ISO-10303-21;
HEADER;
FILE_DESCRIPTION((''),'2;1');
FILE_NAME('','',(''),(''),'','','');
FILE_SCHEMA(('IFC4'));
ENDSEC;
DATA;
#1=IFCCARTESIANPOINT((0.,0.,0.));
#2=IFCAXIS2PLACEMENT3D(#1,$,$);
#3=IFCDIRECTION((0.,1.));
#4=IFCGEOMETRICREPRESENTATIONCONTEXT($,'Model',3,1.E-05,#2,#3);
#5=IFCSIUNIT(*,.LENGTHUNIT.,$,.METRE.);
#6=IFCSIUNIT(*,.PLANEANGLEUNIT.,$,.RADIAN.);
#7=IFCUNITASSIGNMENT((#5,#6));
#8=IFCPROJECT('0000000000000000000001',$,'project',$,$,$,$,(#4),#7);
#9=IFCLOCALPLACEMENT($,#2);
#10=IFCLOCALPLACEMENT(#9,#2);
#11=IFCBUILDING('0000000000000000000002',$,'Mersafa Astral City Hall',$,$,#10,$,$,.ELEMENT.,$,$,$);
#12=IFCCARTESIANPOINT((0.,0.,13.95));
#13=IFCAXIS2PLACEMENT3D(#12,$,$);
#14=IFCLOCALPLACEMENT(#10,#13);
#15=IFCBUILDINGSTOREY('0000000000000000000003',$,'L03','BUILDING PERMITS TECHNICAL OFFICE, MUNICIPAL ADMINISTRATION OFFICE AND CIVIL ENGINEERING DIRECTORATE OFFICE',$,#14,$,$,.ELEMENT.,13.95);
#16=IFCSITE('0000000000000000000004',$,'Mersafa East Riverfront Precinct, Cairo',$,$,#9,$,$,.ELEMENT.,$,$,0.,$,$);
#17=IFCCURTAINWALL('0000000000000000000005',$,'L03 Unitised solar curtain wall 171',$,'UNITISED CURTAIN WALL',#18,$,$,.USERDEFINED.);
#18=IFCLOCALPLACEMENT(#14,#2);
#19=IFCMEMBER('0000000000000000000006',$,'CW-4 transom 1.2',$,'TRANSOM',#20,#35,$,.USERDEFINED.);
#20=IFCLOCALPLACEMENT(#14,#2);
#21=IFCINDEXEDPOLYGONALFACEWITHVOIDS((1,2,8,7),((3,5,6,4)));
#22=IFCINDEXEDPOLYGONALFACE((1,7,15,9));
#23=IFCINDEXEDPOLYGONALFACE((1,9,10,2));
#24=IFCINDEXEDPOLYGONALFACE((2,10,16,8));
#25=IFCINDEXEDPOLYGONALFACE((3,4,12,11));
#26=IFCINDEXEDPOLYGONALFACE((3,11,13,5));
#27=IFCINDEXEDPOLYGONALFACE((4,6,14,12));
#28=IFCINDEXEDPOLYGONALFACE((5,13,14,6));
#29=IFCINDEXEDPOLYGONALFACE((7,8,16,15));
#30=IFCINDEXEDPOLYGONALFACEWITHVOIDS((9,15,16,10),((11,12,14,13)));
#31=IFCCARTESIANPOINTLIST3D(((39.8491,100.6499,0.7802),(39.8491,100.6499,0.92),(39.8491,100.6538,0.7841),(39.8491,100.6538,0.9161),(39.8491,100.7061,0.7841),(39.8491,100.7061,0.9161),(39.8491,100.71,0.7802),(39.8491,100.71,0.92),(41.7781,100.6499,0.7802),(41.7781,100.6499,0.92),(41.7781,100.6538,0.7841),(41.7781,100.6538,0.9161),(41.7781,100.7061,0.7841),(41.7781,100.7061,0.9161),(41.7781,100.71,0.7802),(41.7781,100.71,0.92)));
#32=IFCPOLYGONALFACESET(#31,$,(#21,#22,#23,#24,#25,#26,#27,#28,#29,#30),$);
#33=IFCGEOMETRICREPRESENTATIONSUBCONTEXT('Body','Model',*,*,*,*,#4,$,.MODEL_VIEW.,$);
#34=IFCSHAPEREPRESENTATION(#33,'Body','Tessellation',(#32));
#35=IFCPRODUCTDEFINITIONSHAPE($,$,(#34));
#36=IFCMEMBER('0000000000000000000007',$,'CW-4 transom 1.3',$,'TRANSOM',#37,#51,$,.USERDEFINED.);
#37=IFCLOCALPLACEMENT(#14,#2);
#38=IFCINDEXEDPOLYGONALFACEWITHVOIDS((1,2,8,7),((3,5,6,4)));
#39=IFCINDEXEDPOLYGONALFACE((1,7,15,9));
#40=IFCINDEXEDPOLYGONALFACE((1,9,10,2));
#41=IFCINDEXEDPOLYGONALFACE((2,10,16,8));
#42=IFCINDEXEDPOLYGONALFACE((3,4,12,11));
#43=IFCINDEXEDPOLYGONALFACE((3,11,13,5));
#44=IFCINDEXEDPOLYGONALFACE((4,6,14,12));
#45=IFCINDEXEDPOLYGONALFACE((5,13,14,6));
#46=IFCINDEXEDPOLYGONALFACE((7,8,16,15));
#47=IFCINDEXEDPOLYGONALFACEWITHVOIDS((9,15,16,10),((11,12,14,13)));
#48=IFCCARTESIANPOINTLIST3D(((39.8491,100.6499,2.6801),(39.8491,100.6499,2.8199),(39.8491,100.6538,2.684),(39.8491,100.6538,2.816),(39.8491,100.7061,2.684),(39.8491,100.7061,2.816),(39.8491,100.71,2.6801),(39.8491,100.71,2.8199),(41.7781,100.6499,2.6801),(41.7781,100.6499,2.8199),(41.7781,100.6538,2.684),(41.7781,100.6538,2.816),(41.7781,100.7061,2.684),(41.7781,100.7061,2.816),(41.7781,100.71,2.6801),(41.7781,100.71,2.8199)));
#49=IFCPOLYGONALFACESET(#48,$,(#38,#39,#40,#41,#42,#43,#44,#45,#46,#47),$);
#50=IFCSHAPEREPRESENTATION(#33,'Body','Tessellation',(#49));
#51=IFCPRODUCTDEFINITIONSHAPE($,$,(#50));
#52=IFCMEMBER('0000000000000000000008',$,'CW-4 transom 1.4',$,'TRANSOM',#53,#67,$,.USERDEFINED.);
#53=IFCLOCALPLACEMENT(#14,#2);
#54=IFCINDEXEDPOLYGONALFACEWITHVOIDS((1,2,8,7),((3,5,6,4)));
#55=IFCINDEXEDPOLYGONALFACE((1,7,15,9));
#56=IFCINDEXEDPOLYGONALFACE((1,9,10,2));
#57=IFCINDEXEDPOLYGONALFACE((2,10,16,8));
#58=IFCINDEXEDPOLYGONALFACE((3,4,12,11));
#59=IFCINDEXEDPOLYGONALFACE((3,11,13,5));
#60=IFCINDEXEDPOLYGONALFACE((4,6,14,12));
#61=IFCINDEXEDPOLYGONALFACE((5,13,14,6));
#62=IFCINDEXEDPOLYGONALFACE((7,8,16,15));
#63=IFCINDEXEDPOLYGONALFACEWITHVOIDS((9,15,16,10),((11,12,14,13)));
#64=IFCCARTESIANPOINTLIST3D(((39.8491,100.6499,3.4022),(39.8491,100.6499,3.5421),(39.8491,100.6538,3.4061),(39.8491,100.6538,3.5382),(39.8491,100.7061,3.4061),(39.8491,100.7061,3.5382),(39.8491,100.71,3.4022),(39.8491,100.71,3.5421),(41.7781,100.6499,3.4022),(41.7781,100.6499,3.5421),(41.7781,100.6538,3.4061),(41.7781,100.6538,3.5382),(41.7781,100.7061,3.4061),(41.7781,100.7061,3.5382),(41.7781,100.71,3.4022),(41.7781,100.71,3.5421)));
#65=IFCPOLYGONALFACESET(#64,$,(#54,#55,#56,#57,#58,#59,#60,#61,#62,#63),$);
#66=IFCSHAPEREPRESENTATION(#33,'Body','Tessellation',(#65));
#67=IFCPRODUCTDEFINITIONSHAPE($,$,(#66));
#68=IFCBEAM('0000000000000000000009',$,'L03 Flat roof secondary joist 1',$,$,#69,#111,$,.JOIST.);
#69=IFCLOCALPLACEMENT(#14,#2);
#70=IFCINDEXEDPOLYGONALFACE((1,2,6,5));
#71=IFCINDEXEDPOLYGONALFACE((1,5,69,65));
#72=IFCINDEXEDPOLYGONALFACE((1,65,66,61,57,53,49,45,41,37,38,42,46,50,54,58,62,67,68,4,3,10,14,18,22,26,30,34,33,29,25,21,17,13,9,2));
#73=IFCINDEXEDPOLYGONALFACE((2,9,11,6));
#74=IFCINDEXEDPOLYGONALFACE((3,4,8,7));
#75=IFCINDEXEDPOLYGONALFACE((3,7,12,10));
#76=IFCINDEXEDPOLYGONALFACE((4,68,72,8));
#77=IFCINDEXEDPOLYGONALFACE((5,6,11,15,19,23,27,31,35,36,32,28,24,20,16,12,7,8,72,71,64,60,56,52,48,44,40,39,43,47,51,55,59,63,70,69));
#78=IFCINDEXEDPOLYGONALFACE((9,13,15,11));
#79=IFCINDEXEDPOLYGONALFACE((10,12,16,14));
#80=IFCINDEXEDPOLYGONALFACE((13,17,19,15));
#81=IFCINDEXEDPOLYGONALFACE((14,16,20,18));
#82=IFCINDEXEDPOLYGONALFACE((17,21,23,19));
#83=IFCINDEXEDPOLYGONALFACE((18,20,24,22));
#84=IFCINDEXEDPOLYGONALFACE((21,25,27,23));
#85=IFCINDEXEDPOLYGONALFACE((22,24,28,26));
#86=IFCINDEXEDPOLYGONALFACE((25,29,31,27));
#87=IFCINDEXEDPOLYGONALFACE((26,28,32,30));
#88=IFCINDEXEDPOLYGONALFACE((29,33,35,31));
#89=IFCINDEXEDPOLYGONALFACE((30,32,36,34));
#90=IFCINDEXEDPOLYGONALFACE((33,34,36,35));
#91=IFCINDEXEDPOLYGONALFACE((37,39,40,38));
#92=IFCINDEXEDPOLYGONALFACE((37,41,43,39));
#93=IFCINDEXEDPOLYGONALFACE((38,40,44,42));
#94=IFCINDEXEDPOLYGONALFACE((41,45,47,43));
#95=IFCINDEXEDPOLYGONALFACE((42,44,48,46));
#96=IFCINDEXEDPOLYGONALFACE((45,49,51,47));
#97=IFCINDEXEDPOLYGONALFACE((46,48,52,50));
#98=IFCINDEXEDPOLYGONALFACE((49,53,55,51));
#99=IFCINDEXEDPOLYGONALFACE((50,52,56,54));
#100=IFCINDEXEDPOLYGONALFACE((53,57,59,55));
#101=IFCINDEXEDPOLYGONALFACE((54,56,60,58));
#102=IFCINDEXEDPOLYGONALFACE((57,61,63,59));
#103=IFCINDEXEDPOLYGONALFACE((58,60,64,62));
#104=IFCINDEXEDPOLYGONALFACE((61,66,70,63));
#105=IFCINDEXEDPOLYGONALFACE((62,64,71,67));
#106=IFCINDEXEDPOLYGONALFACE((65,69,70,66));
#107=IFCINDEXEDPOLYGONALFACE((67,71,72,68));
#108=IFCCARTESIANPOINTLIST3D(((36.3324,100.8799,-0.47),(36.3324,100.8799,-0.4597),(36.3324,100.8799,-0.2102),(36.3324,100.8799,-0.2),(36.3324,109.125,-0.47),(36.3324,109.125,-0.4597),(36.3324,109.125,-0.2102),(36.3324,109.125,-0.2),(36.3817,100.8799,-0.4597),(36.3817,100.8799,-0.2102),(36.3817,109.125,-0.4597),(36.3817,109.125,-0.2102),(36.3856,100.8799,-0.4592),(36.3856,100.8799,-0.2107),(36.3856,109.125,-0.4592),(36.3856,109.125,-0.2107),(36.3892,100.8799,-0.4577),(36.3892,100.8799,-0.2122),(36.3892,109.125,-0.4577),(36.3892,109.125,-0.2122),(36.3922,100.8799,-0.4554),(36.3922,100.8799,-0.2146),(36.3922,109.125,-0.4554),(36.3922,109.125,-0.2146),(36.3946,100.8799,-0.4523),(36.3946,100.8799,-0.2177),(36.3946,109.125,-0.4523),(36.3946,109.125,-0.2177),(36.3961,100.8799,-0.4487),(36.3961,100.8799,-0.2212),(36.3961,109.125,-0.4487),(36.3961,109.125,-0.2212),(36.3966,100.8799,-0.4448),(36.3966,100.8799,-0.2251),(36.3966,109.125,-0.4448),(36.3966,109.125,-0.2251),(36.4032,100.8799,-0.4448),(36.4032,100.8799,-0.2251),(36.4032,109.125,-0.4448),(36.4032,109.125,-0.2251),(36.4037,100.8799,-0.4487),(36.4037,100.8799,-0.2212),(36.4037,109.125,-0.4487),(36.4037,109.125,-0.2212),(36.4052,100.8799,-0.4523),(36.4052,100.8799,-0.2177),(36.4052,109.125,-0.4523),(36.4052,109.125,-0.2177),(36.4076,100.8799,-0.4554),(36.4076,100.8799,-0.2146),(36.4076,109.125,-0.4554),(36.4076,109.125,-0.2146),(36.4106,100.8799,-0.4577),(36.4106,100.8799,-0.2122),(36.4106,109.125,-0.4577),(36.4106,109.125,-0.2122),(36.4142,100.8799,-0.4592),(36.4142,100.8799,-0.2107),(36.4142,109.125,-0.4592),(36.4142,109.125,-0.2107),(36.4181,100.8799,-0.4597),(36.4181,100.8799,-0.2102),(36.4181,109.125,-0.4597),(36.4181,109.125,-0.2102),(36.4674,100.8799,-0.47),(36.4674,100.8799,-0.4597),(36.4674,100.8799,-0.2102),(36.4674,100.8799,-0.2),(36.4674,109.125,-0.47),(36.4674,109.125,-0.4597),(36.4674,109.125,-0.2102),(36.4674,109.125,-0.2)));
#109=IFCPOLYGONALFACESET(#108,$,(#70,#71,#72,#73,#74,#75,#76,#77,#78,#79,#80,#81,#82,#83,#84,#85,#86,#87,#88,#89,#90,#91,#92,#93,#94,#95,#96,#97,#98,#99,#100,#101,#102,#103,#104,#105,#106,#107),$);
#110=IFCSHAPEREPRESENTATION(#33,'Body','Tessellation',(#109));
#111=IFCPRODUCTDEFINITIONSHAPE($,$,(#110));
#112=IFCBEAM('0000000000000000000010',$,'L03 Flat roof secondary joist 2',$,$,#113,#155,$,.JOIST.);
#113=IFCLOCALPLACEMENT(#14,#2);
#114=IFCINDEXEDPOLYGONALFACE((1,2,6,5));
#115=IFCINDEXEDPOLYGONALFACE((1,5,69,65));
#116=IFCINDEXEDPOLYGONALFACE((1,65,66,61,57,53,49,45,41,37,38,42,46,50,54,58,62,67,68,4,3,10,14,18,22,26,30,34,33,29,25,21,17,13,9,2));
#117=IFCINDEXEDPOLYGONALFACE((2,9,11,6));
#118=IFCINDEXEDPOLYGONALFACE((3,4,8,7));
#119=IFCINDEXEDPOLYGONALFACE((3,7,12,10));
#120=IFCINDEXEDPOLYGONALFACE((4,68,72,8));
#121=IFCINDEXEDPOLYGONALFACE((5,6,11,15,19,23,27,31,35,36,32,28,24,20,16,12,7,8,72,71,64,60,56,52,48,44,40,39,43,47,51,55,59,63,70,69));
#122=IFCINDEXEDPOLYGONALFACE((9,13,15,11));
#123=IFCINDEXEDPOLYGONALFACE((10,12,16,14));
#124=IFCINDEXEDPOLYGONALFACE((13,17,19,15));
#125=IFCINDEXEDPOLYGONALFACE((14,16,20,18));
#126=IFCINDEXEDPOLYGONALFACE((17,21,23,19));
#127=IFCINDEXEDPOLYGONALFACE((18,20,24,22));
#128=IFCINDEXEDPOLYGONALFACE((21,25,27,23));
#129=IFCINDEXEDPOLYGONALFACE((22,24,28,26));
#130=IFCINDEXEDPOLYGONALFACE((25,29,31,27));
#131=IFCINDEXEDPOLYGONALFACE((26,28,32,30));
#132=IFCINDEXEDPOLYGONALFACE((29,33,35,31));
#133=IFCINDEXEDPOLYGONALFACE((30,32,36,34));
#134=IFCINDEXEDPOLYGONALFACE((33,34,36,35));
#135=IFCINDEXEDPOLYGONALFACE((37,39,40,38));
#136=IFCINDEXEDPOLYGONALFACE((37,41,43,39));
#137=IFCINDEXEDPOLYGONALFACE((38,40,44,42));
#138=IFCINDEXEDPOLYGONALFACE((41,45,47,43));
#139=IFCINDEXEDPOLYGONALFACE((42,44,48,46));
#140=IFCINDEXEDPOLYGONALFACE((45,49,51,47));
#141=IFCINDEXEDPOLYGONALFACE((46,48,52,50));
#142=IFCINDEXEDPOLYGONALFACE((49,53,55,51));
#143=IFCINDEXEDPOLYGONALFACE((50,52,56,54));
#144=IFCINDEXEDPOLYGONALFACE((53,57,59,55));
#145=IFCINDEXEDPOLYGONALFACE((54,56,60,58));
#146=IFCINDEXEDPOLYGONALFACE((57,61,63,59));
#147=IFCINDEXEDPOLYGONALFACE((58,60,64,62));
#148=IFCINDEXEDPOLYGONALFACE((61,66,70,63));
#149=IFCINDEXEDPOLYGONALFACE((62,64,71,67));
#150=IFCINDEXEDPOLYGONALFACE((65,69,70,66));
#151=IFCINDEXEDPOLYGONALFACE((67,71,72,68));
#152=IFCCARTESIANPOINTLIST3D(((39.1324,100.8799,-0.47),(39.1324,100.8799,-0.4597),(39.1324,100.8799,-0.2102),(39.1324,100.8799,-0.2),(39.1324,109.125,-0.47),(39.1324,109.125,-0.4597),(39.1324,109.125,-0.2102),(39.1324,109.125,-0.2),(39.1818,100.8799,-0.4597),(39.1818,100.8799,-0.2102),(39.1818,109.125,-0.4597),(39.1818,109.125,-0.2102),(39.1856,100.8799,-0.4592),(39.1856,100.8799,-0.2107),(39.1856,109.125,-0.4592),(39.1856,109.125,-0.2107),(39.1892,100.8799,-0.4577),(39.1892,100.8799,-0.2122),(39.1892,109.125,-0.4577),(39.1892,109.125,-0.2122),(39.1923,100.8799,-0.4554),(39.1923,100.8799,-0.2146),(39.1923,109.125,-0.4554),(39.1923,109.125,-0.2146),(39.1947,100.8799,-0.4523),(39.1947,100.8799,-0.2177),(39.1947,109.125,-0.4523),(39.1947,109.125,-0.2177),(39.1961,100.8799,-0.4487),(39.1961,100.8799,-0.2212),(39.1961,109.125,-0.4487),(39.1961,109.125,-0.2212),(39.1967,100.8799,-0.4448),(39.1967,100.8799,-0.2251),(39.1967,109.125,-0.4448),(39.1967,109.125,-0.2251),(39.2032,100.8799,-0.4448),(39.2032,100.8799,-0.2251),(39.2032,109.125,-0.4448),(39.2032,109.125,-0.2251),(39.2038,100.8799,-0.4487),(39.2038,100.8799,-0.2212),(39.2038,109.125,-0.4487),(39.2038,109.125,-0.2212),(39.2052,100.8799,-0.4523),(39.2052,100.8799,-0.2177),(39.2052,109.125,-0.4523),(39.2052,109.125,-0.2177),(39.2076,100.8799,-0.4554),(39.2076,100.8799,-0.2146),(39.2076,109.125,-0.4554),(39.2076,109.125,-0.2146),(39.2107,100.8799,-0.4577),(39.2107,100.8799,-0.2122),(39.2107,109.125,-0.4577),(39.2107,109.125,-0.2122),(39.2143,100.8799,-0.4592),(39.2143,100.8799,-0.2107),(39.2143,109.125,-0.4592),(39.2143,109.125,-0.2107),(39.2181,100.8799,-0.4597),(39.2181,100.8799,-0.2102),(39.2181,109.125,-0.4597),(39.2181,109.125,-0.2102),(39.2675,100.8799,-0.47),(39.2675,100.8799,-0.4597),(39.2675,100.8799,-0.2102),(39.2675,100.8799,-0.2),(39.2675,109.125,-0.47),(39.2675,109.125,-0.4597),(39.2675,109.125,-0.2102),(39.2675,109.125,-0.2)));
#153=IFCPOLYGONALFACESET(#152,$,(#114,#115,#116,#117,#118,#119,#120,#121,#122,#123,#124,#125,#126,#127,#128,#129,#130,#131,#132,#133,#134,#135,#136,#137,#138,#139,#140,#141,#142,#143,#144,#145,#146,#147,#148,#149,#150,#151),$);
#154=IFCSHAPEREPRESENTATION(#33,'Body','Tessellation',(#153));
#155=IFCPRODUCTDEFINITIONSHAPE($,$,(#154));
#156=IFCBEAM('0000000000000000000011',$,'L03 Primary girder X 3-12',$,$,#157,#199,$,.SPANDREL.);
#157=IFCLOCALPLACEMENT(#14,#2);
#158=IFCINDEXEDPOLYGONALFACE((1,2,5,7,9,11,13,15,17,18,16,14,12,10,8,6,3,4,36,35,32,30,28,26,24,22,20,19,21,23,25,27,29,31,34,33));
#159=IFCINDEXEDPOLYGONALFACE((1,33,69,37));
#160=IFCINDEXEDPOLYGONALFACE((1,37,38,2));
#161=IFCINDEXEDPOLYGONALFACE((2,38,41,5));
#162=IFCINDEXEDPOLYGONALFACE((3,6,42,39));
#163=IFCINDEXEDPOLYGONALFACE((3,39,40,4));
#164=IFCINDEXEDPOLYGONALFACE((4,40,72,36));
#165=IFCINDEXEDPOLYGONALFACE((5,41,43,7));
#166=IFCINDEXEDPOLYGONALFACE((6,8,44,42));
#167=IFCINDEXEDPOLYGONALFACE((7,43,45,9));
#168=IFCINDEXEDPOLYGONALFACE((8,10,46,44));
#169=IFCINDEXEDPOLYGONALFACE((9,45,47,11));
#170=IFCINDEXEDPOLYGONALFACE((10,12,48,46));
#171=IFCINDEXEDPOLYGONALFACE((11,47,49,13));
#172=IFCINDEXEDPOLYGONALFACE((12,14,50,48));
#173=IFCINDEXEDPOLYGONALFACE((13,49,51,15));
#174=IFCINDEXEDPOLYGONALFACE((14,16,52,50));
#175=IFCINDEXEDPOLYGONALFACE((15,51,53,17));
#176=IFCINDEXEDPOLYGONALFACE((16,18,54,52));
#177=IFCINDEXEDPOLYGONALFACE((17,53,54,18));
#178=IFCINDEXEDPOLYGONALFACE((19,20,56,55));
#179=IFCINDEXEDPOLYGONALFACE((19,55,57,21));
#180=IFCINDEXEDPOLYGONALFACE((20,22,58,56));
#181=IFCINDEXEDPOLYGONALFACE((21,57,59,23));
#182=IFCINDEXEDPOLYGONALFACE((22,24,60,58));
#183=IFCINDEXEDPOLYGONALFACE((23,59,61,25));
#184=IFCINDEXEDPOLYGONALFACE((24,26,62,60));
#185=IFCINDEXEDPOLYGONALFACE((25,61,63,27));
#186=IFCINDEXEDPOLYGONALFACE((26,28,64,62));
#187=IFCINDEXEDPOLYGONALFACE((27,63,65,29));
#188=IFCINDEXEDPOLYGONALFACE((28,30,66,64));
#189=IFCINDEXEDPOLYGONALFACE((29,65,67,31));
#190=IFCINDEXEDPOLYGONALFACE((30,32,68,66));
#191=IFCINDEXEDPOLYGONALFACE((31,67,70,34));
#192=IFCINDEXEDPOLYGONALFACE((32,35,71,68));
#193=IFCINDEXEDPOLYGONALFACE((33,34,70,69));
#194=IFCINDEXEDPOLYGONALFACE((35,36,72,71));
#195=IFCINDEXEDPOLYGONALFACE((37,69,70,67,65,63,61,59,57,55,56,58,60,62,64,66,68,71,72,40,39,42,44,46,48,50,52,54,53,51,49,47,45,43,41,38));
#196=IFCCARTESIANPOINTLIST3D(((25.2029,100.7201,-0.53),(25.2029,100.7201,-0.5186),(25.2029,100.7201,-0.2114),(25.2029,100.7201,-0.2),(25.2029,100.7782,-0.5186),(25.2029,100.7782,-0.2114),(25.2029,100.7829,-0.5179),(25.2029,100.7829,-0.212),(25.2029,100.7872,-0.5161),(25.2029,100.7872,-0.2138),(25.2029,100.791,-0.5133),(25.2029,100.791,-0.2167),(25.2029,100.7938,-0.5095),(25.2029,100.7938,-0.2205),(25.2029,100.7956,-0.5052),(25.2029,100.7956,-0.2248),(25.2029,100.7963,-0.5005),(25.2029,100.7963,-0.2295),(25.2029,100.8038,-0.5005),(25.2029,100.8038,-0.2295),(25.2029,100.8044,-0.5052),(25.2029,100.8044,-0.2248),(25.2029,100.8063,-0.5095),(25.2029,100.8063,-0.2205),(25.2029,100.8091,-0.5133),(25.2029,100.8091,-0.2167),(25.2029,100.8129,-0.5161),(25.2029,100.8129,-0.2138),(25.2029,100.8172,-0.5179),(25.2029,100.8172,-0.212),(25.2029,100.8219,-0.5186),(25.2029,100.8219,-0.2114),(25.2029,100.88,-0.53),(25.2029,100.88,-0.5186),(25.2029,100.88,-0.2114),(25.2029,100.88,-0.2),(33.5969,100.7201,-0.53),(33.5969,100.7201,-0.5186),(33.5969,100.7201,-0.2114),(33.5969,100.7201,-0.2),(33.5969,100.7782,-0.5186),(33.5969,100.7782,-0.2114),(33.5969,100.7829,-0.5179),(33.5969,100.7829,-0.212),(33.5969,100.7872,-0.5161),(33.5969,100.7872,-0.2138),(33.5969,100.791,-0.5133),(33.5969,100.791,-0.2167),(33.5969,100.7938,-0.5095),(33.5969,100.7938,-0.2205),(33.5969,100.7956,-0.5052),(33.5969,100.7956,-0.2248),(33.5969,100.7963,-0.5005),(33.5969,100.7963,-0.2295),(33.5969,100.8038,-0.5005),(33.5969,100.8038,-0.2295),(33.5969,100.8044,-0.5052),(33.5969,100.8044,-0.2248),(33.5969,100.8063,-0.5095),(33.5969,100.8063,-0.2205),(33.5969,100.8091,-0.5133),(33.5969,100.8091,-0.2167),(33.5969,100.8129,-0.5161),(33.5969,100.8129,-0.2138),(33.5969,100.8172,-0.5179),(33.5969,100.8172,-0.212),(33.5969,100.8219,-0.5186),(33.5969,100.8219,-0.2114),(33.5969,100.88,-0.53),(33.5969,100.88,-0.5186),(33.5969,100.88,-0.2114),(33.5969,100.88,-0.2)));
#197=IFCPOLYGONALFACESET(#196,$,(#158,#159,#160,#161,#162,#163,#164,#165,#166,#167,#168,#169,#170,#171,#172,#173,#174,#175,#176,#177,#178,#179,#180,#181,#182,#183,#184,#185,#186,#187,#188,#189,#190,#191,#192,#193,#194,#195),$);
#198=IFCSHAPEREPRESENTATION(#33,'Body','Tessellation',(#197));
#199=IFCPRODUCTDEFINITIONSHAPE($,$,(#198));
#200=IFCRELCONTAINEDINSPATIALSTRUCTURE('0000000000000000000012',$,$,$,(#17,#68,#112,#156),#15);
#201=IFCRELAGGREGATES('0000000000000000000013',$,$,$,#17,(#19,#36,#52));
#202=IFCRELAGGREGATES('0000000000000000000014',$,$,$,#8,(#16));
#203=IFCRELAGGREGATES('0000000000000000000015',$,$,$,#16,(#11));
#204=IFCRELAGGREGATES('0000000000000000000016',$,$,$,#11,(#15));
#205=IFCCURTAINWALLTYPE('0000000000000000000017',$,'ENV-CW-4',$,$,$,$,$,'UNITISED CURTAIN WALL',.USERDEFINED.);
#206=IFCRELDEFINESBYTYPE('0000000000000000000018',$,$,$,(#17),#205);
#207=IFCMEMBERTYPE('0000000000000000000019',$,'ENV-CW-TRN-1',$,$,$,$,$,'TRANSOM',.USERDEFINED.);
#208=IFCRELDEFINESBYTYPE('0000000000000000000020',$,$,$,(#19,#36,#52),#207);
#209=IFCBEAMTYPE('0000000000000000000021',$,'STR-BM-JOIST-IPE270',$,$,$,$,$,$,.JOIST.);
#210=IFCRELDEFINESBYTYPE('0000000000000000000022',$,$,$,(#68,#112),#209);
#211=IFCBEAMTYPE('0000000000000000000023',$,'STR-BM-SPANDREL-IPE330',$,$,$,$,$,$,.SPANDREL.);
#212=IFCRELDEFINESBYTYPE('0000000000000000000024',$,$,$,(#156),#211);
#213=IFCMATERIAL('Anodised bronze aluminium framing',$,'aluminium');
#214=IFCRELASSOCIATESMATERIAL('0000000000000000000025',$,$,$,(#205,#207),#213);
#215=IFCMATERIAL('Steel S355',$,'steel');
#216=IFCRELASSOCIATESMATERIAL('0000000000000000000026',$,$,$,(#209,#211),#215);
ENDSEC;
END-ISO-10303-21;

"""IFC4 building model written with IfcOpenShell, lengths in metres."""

from ifc_helpers import new_model, si_unit, direction, frame, origin, origin_2d, place, context, subcontext, project, spatial, hollow_rectangle, i_section, extrude, material, material_profile, profile_set, type_object, element, aggregate, save


model = new_model("IFC4")

# Units and contexts
model_context = context("Model", 3, precision=1e-05, world=origin(), true_north=direction((0.0, 1.0)))
body_context = subcontext(model_context, "Body", "Model", "MODEL_VIEW")
ifc_project = project(units=[si_unit("LENGTHUNIT", "METRE"), si_unit("PLANEANGLEUNIT", "RADIAN")], contexts=[model_context])

# Site, building, storey
site_placement = place(None, origin())
site = spatial("IfcSite", under=ifc_project, at=site_placement, Name="Mersafa East Riverfront Precinct, Cairo", CompositionType="ELEMENT", RefElevation=0.0)
building_placement = place(site_placement, origin())
building = spatial("IfcBuilding", under=site, at=building_placement, Name="Mersafa Astral City Hall", CompositionType="ELEMENT")
storey_placement = place(building_placement, frame((0.0, 0.0, 13.95)))
storey = spatial("IfcBuildingStorey", under=building, at=storey_placement, Name="L03", Description="BUILDING PERMITS TECHNICAL OFFICE, MUNICIPAL ADMINISTRATION OFFICE AND CIVIL ENGINEERING DIRECTORATE OFFICE", CompositionType="ELEMENT", Elevation=13.95)

# Shared definitions
ifc_material_1 = material(Name="Steel S355", Category="steel")

# Curtain wall, members
ifc_material_2 = material(Name="Anodised bronze aluminium framing", Category="aluminium")
curtain_wall_type = type_object("IfcCurtainWallType", Name="ENV-CW-4", ElementType="UNITISED CURTAIN WALL", PredefinedType="USERDEFINED", material=ifc_material_2)
curtain_wall_placement = place(storey_placement, origin())
curtain_wall = element("IfcCurtainWall", 1, at=curtain_wall_placement, inside=storey, type_object=curtain_wall_type, Name="L03 Unitised solar curtain wall 171", ObjectType="UNITISED CURTAIN WALL", PredefinedType="USERDEFINED")
ifc_material_profile_1 = material_profile(ifc_material_2, hollow_rectangle(XDim=0.0601, YDim=0.1399, WallThickness=0.0039, at=origin_2d()), Name="RHS 60x140x4")
ifc_profile_set_1 = profile_set([ifc_material_profile_1], Name="Anodised bronze aluminium framing")
member_type_1 = type_object("IfcMemberType", Name="ENV-CW-TRN-1", ElementType="TRANSOM", PredefinedType="USERDEFINED", material=ifc_profile_set_1)
member_1_placement = place(storey_placement, frame((41.7781, 100.6799, 0.8501), z_axis=(-1.0, 0.0, 0.0), x_axis=(0.0, -1.0, 0.0)))
member_1 = element("IfcMember", 2, at=member_1_placement, type_object=member_type_1, Name="CW-4 transom 1.2", ObjectType="TRANSOM", PredefinedType="USERDEFINED", context=body_context, shape_type="SweptSolid", body=[
    extrude(hollow_rectangle(XDim=0.0601, YDim=0.1399, WallThickness=0.0039, at=origin_2d()), origin(), (0.0, 0.0, 1.0), 1.929),
])
member_2_placement = place(storey_placement, frame((41.7781, 100.6799, 2.75), z_axis=(-1.0, 0.0, 0.0), x_axis=(0.0, -1.0, 0.0)))
member_2 = element("IfcMember", 3, at=member_2_placement, type_object=member_type_1, Name="CW-4 transom 1.3", ObjectType="TRANSOM", PredefinedType="USERDEFINED", context=body_context, shape_type="SweptSolid", body=[
    extrude(hollow_rectangle(XDim=0.0601, YDim=0.1399, WallThickness=0.0039, at=origin_2d()), origin(), (0.0, 0.0, 1.0), 1.929),
])
member_3_placement = place(storey_placement, frame((41.7781, 100.6799, 3.4722), z_axis=(-1.0, 0.0, 0.0), x_axis=(0.0, -1.0, 0.0)))
member_3 = element("IfcMember", 4, at=member_3_placement, type_object=member_type_1, Name="CW-4 transom 1.4", ObjectType="TRANSOM", PredefinedType="USERDEFINED", context=body_context, shape_type="SweptSolid", body=[
    extrude(hollow_rectangle(XDim=0.0601, YDim=0.1399, WallThickness=0.0039, at=origin_2d()), origin(), (0.0, 0.0, 1.0), 1.929),
])

# Beams
ifc_material_profile_2 = material_profile(ifc_material_1, i_section(OverallWidth=0.135, OverallDepth=0.27, WebThickness=0.0066, FlangeThickness=0.0103, FilletRadius=0.0149, at=origin_2d()), Name="IPE 270")
ifc_profile_set_2 = profile_set([ifc_material_profile_2], Name="Steel S355")
beam_type_1 = type_object("IfcBeamType", Name="STR-BM-JOIST-IPE270", PredefinedType="JOIST", material=ifc_profile_set_2)
for number, where, z_axis, x_axis, name in (
    (5, (36.3999, 100.8799, -0.335), (0.0, 1.0, 0.0), (-1.0, 0.0, 0.0), "L03 Flat roof secondary joist 1"),
    (6, (39.2, 100.8799, -0.335), (0.0, 1.0, 0.0), (-1.0, 0.0, 0.0), "L03 Flat roof secondary joist 2"),
):
    element("IfcBeam", number, at=place(storey_placement, frame(where, z_axis=z_axis, x_axis=x_axis)), inside=storey, type_object=beam_type_1, Name=name, PredefinedType="JOIST", context=body_context, shape_type="SweptSolid", body=[
        extrude(i_section(OverallWidth=0.135, OverallDepth=0.27, WebThickness=0.0066, FlangeThickness=0.0103, FilletRadius=0.0149, at=origin_2d()), origin(), (0.0, 0.0, 1.0), 8.2451),
    ])
ifc_material_profile_3 = material_profile(ifc_material_1, i_section(OverallWidth=0.1599, OverallDepth=0.3301, WebThickness=0.0076, FlangeThickness=0.0115, FilletRadius=0.0181, at=origin_2d()), Name="IPE 330")
ifc_profile_set_3 = profile_set([ifc_material_profile_3], Name="Steel S355")
beam_type_2 = type_object("IfcBeamType", Name="STR-BM-SPANDREL-IPE330", PredefinedType="SPANDREL", material=ifc_profile_set_3)
beam_1_placement = place(storey_placement, frame((25.2029, 100.8, -0.365), z_axis=(1.0, 0.0, 0.0), x_axis=(0.0, 1.0, 0.0)))
element("IfcBeam", 7, at=beam_1_placement, inside=storey, type_object=beam_type_2, Name="L03 Primary girder X 3-12", PredefinedType="SPANDREL", context=body_context, shape_type="SweptSolid", body=[
    extrude(i_section(OverallWidth=0.1599, OverallDepth=0.3301, WebThickness=0.0076, FlangeThickness=0.0115, FilletRadius=0.0181, at=origin_2d()), origin(), (0.0, 0.0, 1.0), 8.394),
])

aggregate(curtain_wall, [member_1, member_2, member_3])

save(model, "model.ifc")
